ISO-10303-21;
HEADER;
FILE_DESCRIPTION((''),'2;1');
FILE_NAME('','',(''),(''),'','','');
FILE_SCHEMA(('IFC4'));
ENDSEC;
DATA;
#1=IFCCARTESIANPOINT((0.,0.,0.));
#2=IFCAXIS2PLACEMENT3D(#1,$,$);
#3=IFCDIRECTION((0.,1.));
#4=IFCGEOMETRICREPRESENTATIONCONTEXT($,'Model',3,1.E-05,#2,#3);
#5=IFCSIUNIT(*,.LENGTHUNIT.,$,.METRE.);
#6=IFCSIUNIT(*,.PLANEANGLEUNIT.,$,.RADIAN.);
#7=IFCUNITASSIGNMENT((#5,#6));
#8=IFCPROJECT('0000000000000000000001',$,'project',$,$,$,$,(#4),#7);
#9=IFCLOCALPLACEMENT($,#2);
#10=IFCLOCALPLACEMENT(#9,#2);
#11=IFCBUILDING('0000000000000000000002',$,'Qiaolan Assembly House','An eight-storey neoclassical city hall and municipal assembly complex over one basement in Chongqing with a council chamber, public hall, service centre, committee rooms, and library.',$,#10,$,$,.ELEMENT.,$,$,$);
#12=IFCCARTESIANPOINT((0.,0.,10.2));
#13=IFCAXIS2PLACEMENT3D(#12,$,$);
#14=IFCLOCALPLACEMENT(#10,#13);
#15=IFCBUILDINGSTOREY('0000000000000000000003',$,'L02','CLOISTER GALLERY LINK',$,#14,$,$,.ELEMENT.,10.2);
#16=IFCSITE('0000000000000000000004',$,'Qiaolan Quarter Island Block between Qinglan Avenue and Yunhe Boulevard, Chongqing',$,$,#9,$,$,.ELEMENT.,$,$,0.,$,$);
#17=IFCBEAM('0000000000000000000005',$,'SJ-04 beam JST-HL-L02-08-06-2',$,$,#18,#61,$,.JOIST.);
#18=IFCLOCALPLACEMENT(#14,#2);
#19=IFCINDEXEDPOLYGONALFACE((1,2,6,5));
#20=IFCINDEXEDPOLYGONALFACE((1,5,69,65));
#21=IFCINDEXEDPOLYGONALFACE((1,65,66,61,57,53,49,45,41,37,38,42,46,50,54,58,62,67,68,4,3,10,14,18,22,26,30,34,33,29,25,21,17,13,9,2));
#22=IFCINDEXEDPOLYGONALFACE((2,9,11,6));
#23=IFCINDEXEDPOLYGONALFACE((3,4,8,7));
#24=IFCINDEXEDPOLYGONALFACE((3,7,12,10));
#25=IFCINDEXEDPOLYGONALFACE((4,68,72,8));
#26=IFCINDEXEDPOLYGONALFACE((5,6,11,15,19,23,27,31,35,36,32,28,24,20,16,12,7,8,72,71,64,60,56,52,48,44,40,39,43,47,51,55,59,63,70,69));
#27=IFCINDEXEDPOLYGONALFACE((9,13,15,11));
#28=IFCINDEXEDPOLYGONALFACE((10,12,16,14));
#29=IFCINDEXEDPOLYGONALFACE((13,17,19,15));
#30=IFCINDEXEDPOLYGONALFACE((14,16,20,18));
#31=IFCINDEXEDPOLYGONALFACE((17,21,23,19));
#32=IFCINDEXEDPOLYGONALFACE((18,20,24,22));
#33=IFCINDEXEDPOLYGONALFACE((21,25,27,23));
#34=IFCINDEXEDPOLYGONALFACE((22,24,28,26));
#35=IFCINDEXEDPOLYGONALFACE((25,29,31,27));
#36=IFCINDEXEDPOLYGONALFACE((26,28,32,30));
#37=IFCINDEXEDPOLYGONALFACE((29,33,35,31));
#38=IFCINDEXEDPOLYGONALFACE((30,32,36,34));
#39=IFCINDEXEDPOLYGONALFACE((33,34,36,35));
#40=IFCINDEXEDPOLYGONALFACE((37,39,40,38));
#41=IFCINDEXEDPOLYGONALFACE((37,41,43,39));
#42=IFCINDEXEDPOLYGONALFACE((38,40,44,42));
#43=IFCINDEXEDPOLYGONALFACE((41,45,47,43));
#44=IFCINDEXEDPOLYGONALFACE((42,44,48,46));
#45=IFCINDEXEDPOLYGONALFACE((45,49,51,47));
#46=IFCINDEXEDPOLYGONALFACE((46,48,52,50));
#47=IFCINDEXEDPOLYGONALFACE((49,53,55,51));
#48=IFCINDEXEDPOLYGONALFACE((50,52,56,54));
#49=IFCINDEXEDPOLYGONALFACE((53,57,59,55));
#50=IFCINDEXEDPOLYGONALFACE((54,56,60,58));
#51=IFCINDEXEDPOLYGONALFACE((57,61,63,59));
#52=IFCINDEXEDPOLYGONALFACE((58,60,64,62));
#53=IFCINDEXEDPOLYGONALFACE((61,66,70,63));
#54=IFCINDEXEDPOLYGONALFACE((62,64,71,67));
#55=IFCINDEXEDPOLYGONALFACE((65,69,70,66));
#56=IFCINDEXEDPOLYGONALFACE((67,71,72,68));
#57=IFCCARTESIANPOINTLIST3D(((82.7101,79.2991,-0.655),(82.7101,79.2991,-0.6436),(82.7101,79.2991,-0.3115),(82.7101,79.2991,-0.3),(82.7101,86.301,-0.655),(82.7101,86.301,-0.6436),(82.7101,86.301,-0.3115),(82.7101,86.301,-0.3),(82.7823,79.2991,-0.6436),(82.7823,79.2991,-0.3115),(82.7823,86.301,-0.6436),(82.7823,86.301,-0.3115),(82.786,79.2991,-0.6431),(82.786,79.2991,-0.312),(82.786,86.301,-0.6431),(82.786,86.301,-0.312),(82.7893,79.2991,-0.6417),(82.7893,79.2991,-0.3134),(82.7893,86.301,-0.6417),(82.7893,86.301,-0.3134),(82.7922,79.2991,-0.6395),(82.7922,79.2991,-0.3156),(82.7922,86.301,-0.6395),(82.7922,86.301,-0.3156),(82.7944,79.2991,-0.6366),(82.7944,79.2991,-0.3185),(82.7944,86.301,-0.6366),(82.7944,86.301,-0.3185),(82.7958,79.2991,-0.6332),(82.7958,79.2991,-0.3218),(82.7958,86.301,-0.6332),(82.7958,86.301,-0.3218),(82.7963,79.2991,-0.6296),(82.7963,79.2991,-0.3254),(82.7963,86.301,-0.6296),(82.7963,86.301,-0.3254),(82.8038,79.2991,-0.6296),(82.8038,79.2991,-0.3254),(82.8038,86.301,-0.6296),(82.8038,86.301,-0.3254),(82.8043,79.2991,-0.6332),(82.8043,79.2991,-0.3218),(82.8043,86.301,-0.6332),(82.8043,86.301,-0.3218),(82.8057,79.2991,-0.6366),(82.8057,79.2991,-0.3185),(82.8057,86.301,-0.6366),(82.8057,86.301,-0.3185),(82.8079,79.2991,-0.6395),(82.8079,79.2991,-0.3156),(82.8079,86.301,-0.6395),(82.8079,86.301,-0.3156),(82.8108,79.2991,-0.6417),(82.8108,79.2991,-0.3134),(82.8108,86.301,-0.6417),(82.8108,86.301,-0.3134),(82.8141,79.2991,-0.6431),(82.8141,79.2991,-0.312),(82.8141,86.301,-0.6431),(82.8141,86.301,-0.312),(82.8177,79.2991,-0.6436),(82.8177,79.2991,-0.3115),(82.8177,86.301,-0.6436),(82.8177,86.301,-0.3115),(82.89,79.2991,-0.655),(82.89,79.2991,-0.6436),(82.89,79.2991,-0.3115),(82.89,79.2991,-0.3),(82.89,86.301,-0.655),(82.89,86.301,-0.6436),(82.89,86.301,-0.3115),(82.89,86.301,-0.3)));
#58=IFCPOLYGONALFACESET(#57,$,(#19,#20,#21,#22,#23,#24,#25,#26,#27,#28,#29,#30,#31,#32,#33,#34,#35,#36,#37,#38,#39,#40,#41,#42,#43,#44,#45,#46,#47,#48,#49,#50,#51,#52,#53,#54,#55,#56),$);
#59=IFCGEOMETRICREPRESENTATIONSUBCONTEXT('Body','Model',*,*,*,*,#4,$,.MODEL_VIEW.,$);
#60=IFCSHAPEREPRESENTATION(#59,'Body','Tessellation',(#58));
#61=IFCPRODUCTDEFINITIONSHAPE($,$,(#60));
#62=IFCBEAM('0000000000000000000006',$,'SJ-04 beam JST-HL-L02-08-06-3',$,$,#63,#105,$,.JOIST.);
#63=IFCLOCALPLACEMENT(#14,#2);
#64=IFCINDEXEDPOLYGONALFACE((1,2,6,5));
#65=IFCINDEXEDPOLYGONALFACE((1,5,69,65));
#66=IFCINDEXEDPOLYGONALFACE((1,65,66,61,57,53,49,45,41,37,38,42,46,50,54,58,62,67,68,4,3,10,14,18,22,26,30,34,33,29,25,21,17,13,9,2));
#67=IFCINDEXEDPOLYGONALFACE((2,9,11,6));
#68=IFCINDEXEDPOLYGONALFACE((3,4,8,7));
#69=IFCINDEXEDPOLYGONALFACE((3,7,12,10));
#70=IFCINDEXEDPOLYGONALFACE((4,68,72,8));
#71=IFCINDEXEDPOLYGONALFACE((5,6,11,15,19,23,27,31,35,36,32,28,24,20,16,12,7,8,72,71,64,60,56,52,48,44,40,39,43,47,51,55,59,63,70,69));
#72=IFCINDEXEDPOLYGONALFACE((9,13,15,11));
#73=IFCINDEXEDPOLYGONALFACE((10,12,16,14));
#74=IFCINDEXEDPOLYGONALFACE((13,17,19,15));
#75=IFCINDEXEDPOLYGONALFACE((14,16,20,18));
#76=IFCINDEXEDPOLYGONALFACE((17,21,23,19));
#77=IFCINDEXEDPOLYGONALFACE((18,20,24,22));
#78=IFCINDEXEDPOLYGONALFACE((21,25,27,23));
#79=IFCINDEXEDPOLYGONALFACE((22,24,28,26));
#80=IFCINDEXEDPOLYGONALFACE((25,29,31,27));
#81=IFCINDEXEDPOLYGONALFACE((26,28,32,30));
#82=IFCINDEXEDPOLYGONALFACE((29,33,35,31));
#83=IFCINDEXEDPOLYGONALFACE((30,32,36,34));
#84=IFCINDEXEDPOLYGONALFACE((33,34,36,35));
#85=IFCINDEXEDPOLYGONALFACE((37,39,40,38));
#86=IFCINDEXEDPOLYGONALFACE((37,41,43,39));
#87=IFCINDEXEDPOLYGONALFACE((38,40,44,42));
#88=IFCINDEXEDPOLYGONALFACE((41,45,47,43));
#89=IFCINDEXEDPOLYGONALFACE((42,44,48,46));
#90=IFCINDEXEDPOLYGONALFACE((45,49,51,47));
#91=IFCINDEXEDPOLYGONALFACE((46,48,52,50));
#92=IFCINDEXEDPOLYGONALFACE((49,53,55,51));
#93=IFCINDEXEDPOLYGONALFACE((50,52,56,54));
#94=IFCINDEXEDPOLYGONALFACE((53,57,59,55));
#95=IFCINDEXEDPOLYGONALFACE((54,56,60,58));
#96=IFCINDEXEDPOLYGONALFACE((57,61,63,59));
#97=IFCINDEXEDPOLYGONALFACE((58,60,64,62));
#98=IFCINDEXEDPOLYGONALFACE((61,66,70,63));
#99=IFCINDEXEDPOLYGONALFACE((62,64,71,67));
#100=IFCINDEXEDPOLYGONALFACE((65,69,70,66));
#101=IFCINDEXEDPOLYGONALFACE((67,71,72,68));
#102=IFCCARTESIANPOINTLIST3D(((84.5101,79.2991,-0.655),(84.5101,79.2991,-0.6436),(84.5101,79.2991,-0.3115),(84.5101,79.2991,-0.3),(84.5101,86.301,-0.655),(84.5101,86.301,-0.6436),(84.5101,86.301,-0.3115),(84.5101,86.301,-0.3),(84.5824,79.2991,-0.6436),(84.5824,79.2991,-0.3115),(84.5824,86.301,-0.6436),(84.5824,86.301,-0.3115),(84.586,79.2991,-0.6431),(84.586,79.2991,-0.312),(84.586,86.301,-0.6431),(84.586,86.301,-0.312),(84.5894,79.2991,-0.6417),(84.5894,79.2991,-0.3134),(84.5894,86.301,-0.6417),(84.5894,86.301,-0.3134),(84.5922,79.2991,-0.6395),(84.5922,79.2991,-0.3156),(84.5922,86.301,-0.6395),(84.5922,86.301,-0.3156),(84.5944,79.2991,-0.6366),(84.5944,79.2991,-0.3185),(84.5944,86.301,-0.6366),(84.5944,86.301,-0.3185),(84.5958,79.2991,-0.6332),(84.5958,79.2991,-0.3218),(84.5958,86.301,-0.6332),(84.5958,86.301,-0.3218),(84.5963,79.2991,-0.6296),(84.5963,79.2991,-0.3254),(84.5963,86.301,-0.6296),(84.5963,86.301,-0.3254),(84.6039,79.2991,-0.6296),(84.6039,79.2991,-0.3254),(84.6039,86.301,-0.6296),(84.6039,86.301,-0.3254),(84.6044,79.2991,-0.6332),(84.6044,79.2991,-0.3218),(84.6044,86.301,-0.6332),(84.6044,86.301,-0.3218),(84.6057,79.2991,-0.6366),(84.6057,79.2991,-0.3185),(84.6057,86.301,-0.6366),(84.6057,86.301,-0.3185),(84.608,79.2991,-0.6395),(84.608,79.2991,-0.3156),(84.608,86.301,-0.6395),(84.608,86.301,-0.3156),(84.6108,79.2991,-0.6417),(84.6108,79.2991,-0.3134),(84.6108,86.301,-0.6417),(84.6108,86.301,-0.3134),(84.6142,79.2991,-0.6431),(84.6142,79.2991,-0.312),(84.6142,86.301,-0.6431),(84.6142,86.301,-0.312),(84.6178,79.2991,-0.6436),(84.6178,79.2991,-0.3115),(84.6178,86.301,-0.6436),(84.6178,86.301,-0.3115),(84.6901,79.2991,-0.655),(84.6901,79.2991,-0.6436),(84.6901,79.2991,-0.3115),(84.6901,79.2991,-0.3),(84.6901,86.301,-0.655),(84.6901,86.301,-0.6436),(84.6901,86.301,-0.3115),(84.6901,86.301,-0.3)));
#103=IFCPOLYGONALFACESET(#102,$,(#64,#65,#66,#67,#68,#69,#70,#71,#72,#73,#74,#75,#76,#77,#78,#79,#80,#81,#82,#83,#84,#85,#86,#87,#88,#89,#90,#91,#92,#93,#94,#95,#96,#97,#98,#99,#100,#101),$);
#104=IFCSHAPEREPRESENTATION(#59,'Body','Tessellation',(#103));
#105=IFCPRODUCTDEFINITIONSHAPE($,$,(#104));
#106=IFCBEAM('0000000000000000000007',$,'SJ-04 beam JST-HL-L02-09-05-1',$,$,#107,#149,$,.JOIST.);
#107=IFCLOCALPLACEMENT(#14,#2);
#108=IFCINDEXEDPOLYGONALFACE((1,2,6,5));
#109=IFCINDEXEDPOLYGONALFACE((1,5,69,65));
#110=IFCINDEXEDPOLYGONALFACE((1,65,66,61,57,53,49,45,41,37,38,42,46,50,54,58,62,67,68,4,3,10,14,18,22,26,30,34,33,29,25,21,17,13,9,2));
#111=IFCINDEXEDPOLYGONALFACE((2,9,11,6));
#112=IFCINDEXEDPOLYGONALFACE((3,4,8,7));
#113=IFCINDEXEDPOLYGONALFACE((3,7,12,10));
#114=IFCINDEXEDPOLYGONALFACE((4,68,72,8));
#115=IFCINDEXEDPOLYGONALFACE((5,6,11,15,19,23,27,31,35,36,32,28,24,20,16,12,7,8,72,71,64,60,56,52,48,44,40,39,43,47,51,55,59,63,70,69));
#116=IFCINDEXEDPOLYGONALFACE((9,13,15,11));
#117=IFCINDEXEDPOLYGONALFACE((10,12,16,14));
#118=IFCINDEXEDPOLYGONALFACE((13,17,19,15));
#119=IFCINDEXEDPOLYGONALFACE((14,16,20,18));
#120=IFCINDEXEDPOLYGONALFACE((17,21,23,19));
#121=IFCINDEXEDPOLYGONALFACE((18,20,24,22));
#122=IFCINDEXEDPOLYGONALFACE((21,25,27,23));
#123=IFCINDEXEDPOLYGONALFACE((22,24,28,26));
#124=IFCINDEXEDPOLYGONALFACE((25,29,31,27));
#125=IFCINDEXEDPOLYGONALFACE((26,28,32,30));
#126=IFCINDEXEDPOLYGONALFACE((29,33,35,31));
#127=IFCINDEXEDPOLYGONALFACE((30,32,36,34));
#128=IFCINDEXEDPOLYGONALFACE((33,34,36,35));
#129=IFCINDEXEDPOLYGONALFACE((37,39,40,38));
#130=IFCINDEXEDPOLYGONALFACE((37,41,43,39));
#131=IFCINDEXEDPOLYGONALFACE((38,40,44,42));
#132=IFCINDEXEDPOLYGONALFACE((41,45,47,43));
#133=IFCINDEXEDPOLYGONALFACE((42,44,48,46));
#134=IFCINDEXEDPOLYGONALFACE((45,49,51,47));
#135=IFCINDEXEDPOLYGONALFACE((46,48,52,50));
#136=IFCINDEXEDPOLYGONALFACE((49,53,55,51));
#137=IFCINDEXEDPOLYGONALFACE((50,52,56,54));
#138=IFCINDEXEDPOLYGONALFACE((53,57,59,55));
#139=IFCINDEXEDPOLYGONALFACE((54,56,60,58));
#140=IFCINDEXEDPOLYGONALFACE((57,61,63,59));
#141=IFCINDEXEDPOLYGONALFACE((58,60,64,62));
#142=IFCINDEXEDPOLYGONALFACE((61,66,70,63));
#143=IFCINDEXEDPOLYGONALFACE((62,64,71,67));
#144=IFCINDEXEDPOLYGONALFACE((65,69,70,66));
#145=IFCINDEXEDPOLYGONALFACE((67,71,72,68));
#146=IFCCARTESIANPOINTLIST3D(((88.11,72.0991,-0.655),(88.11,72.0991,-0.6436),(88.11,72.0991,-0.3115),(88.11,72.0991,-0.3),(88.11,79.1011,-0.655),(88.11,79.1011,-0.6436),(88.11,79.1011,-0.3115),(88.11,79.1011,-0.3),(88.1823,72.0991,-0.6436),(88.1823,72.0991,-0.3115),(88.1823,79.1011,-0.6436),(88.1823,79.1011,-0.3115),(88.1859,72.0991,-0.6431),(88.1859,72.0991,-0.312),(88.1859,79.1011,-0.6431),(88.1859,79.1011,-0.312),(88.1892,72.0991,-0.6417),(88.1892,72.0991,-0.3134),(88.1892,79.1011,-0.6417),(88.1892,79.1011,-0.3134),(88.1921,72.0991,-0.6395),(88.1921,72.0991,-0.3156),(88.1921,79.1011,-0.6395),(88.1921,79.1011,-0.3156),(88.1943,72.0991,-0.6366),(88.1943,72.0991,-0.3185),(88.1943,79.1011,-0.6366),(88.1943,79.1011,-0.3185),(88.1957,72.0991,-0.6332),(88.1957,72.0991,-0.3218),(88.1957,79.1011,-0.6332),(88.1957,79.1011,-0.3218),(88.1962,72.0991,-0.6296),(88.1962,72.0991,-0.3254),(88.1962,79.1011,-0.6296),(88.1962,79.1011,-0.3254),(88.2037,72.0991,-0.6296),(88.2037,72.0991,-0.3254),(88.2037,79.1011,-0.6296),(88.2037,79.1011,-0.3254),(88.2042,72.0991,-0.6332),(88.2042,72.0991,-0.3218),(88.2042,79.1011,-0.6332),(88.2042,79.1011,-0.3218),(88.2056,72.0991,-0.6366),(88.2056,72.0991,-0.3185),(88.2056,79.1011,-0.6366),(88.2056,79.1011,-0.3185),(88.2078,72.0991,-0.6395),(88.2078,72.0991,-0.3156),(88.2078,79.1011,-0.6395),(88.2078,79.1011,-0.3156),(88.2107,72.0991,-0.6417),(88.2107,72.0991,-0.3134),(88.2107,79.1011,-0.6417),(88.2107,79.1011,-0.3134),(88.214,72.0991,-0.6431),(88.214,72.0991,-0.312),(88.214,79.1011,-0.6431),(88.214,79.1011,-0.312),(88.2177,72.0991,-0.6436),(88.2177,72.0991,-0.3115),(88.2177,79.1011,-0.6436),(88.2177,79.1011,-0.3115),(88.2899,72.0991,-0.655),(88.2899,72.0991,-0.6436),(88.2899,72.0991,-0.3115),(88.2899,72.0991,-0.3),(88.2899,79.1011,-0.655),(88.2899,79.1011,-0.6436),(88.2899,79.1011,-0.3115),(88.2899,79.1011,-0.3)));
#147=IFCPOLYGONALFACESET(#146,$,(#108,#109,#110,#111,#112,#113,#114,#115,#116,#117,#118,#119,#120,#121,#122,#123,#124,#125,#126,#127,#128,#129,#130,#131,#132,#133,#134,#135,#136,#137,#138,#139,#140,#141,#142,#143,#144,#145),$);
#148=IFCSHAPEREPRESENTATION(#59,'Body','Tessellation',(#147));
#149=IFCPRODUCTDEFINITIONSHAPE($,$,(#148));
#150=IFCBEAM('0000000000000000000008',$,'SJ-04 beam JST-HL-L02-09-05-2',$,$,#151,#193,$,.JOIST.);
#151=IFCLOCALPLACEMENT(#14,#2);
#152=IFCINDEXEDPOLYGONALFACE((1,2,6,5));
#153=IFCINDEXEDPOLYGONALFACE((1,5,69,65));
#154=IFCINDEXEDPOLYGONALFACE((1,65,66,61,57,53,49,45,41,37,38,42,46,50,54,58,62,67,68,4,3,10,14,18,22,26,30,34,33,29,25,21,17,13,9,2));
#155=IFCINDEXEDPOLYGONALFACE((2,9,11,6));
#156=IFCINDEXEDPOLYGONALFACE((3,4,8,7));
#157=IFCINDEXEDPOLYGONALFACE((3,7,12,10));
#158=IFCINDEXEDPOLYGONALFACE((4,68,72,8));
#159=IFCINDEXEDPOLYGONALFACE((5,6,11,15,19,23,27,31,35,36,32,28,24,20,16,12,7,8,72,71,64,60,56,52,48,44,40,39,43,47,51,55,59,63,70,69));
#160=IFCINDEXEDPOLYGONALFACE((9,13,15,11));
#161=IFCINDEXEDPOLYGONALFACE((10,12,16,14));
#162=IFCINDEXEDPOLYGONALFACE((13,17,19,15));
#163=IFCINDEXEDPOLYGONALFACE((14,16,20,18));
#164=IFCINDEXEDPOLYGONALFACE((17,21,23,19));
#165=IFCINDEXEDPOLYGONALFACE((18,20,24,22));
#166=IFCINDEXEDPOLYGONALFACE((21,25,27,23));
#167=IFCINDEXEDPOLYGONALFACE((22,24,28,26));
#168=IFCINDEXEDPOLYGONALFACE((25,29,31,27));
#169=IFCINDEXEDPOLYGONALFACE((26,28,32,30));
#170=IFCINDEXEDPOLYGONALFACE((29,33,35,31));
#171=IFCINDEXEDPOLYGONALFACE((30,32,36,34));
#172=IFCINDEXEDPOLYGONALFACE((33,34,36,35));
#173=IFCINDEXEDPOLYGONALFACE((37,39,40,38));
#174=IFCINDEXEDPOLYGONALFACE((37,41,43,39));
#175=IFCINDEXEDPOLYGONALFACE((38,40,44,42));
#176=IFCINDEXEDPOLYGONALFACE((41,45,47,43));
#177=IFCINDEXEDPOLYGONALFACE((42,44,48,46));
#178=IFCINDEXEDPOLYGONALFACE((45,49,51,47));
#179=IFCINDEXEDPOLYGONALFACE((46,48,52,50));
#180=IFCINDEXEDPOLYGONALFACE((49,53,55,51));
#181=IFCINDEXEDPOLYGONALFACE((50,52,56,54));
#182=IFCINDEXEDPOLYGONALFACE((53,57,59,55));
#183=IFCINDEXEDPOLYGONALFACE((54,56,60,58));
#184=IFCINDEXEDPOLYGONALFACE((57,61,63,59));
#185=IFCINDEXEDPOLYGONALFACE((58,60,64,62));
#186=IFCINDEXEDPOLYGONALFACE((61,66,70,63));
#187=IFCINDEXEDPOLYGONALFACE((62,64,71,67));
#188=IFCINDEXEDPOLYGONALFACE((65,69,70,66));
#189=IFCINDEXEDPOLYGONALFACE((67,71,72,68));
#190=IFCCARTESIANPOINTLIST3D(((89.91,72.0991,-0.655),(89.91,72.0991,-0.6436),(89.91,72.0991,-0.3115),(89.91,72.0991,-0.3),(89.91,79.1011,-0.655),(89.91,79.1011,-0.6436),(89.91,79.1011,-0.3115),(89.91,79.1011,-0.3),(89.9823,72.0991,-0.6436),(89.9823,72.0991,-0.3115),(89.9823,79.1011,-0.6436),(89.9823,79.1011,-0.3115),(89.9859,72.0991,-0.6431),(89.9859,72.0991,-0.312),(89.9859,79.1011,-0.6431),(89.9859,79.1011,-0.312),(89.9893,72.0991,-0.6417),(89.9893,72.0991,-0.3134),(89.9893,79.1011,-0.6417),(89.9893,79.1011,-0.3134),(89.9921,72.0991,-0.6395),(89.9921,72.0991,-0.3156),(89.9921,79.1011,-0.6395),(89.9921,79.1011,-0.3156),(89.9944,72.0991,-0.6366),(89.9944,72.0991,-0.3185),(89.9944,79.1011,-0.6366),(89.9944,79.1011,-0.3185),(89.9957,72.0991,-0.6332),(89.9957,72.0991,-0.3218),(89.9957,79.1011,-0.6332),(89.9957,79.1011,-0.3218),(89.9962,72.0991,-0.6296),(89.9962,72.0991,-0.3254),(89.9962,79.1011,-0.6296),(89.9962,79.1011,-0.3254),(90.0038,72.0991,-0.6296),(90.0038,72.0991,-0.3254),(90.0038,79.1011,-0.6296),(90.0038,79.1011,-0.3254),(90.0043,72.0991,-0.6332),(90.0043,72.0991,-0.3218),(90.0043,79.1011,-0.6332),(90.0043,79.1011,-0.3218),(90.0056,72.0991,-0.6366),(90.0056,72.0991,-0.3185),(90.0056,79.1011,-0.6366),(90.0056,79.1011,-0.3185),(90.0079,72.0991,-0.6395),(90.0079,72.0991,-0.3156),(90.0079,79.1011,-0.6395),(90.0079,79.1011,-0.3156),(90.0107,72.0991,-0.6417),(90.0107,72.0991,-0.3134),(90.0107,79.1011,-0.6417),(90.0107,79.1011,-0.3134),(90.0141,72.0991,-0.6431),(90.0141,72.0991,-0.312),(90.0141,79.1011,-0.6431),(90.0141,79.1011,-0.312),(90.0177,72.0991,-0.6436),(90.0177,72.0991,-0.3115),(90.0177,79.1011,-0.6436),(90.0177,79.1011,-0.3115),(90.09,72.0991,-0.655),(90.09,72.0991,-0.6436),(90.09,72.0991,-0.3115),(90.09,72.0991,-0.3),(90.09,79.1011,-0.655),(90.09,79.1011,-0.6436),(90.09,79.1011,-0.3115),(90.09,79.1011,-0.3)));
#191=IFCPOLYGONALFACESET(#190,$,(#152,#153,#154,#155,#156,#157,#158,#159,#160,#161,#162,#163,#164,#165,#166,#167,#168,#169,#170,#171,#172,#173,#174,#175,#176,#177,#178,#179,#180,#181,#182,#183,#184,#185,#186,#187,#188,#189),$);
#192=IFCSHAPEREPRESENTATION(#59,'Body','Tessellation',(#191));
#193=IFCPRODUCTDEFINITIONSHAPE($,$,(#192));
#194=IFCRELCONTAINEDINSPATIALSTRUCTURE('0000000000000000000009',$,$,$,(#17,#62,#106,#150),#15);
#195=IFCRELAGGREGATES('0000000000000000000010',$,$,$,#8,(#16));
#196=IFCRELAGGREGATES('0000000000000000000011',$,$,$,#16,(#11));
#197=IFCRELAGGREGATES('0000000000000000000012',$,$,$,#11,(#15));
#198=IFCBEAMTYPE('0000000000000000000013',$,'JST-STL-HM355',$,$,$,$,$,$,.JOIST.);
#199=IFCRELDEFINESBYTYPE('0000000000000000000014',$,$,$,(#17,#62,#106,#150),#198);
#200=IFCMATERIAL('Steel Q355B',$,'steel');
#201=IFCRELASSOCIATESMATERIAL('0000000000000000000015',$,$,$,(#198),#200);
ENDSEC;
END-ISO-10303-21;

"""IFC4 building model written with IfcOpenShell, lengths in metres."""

from ifc_helpers import new_model, si_unit, direction, frame, origin, origin_2d, place, context, subcontext, project, spatial, i_section, extrude, material, material_profile, profile_set, type_object, element, save


model = new_model("IFC4")

# Units and contexts
model_context = context("Model", 3, precision=1e-05, world=origin(), true_north=direction((0.0, 1.0)))
body_context = subcontext(model_context, "Body", "Model", "MODEL_VIEW")
ifc_project = project(units=[si_unit("LENGTHUNIT", "METRE"), si_unit("PLANEANGLEUNIT", "RADIAN")], contexts=[model_context])

# Site, building, storey
site_placement = place(None, origin())
site = spatial("IfcSite", under=ifc_project, at=site_placement, Name="Qiaolan Quarter Island Block between Qinglan Avenue and Yunhe Boulevard, Chongqing", CompositionType="ELEMENT", RefElevation=0.0)
building_placement = place(site_placement, origin())
building = spatial("IfcBuilding", under=site, at=building_placement, Name="Qiaolan Assembly House", Description="An eight-storey neoclassical city hall and municipal assembly complex over one basement in Chongqing with a council chamber, public hall, service centre, committee rooms, and library.", CompositionType="ELEMENT")
storey_placement = place(building_placement, frame((0.0, 0.0, 10.2)))
storey = spatial("IfcBuildingStorey", under=building, at=storey_placement, Name="L02", Description="CLOISTER GALLERY LINK", CompositionType="ELEMENT", Elevation=10.2)

# Shared definitions
ifc_material_1 = material(Name="Steel Q355B", Category="steel")

# Beams
ifc_material_profile_1 = material_profile(ifc_material_1, i_section(OverallWidth=0.1799, OverallDepth=0.355, WebThickness=0.0076, FlangeThickness=0.0115, FilletRadius=0.0139, at=origin_2d()), Name="HM 355x180x7.5x11.5")
ifc_profile_set_1 = profile_set([ifc_material_profile_1], Name="Steel Q355B")
beam_type_1 = type_object("IfcBeamType", Name="JST-STL-HM355", PredefinedType="JOIST", material=ifc_profile_set_1)
for number, where, z_axis, x_axis, name in (
    (1, (82.8, 79.2991, -0.4775), (0.0, 1.0, 0.0), (-1.0, 0.0, 0.0), "SJ-04 beam JST-HL-L02-08-06-2"),
    (2, (84.6001, 79.2991, -0.4775), (0.0, 1.0, 0.0), (-1.0, 0.0, 0.0), "SJ-04 beam JST-HL-L02-08-06-3"),
    (3, (88.2, 72.0991, -0.4775), (0.0, 1.0, 0.0), (-1.0, 0.0, 0.0), "SJ-04 beam JST-HL-L02-09-05-1"),
    (4, (90.0, 72.0991, -0.4775), (0.0, 1.0, 0.0), (-1.0, 0.0, 0.0), "SJ-04 beam JST-HL-L02-09-05-2"),
):
    element("IfcBeam", number, at=place(storey_placement, frame(where, z_axis=z_axis, x_axis=x_axis)), inside=storey, type_object=beam_type_1, Name=name, PredefinedType="JOIST", context=body_context, shape_type="SweptSolid", body=[
        extrude(i_section(OverallWidth=0.1799, OverallDepth=0.355, WebThickness=0.0076, FlangeThickness=0.0115, FilletRadius=0.0139, at=origin_2d()), origin(), (0.0, 0.0, 1.0), 7.002),
    ])

save(model, "model.ifc")
